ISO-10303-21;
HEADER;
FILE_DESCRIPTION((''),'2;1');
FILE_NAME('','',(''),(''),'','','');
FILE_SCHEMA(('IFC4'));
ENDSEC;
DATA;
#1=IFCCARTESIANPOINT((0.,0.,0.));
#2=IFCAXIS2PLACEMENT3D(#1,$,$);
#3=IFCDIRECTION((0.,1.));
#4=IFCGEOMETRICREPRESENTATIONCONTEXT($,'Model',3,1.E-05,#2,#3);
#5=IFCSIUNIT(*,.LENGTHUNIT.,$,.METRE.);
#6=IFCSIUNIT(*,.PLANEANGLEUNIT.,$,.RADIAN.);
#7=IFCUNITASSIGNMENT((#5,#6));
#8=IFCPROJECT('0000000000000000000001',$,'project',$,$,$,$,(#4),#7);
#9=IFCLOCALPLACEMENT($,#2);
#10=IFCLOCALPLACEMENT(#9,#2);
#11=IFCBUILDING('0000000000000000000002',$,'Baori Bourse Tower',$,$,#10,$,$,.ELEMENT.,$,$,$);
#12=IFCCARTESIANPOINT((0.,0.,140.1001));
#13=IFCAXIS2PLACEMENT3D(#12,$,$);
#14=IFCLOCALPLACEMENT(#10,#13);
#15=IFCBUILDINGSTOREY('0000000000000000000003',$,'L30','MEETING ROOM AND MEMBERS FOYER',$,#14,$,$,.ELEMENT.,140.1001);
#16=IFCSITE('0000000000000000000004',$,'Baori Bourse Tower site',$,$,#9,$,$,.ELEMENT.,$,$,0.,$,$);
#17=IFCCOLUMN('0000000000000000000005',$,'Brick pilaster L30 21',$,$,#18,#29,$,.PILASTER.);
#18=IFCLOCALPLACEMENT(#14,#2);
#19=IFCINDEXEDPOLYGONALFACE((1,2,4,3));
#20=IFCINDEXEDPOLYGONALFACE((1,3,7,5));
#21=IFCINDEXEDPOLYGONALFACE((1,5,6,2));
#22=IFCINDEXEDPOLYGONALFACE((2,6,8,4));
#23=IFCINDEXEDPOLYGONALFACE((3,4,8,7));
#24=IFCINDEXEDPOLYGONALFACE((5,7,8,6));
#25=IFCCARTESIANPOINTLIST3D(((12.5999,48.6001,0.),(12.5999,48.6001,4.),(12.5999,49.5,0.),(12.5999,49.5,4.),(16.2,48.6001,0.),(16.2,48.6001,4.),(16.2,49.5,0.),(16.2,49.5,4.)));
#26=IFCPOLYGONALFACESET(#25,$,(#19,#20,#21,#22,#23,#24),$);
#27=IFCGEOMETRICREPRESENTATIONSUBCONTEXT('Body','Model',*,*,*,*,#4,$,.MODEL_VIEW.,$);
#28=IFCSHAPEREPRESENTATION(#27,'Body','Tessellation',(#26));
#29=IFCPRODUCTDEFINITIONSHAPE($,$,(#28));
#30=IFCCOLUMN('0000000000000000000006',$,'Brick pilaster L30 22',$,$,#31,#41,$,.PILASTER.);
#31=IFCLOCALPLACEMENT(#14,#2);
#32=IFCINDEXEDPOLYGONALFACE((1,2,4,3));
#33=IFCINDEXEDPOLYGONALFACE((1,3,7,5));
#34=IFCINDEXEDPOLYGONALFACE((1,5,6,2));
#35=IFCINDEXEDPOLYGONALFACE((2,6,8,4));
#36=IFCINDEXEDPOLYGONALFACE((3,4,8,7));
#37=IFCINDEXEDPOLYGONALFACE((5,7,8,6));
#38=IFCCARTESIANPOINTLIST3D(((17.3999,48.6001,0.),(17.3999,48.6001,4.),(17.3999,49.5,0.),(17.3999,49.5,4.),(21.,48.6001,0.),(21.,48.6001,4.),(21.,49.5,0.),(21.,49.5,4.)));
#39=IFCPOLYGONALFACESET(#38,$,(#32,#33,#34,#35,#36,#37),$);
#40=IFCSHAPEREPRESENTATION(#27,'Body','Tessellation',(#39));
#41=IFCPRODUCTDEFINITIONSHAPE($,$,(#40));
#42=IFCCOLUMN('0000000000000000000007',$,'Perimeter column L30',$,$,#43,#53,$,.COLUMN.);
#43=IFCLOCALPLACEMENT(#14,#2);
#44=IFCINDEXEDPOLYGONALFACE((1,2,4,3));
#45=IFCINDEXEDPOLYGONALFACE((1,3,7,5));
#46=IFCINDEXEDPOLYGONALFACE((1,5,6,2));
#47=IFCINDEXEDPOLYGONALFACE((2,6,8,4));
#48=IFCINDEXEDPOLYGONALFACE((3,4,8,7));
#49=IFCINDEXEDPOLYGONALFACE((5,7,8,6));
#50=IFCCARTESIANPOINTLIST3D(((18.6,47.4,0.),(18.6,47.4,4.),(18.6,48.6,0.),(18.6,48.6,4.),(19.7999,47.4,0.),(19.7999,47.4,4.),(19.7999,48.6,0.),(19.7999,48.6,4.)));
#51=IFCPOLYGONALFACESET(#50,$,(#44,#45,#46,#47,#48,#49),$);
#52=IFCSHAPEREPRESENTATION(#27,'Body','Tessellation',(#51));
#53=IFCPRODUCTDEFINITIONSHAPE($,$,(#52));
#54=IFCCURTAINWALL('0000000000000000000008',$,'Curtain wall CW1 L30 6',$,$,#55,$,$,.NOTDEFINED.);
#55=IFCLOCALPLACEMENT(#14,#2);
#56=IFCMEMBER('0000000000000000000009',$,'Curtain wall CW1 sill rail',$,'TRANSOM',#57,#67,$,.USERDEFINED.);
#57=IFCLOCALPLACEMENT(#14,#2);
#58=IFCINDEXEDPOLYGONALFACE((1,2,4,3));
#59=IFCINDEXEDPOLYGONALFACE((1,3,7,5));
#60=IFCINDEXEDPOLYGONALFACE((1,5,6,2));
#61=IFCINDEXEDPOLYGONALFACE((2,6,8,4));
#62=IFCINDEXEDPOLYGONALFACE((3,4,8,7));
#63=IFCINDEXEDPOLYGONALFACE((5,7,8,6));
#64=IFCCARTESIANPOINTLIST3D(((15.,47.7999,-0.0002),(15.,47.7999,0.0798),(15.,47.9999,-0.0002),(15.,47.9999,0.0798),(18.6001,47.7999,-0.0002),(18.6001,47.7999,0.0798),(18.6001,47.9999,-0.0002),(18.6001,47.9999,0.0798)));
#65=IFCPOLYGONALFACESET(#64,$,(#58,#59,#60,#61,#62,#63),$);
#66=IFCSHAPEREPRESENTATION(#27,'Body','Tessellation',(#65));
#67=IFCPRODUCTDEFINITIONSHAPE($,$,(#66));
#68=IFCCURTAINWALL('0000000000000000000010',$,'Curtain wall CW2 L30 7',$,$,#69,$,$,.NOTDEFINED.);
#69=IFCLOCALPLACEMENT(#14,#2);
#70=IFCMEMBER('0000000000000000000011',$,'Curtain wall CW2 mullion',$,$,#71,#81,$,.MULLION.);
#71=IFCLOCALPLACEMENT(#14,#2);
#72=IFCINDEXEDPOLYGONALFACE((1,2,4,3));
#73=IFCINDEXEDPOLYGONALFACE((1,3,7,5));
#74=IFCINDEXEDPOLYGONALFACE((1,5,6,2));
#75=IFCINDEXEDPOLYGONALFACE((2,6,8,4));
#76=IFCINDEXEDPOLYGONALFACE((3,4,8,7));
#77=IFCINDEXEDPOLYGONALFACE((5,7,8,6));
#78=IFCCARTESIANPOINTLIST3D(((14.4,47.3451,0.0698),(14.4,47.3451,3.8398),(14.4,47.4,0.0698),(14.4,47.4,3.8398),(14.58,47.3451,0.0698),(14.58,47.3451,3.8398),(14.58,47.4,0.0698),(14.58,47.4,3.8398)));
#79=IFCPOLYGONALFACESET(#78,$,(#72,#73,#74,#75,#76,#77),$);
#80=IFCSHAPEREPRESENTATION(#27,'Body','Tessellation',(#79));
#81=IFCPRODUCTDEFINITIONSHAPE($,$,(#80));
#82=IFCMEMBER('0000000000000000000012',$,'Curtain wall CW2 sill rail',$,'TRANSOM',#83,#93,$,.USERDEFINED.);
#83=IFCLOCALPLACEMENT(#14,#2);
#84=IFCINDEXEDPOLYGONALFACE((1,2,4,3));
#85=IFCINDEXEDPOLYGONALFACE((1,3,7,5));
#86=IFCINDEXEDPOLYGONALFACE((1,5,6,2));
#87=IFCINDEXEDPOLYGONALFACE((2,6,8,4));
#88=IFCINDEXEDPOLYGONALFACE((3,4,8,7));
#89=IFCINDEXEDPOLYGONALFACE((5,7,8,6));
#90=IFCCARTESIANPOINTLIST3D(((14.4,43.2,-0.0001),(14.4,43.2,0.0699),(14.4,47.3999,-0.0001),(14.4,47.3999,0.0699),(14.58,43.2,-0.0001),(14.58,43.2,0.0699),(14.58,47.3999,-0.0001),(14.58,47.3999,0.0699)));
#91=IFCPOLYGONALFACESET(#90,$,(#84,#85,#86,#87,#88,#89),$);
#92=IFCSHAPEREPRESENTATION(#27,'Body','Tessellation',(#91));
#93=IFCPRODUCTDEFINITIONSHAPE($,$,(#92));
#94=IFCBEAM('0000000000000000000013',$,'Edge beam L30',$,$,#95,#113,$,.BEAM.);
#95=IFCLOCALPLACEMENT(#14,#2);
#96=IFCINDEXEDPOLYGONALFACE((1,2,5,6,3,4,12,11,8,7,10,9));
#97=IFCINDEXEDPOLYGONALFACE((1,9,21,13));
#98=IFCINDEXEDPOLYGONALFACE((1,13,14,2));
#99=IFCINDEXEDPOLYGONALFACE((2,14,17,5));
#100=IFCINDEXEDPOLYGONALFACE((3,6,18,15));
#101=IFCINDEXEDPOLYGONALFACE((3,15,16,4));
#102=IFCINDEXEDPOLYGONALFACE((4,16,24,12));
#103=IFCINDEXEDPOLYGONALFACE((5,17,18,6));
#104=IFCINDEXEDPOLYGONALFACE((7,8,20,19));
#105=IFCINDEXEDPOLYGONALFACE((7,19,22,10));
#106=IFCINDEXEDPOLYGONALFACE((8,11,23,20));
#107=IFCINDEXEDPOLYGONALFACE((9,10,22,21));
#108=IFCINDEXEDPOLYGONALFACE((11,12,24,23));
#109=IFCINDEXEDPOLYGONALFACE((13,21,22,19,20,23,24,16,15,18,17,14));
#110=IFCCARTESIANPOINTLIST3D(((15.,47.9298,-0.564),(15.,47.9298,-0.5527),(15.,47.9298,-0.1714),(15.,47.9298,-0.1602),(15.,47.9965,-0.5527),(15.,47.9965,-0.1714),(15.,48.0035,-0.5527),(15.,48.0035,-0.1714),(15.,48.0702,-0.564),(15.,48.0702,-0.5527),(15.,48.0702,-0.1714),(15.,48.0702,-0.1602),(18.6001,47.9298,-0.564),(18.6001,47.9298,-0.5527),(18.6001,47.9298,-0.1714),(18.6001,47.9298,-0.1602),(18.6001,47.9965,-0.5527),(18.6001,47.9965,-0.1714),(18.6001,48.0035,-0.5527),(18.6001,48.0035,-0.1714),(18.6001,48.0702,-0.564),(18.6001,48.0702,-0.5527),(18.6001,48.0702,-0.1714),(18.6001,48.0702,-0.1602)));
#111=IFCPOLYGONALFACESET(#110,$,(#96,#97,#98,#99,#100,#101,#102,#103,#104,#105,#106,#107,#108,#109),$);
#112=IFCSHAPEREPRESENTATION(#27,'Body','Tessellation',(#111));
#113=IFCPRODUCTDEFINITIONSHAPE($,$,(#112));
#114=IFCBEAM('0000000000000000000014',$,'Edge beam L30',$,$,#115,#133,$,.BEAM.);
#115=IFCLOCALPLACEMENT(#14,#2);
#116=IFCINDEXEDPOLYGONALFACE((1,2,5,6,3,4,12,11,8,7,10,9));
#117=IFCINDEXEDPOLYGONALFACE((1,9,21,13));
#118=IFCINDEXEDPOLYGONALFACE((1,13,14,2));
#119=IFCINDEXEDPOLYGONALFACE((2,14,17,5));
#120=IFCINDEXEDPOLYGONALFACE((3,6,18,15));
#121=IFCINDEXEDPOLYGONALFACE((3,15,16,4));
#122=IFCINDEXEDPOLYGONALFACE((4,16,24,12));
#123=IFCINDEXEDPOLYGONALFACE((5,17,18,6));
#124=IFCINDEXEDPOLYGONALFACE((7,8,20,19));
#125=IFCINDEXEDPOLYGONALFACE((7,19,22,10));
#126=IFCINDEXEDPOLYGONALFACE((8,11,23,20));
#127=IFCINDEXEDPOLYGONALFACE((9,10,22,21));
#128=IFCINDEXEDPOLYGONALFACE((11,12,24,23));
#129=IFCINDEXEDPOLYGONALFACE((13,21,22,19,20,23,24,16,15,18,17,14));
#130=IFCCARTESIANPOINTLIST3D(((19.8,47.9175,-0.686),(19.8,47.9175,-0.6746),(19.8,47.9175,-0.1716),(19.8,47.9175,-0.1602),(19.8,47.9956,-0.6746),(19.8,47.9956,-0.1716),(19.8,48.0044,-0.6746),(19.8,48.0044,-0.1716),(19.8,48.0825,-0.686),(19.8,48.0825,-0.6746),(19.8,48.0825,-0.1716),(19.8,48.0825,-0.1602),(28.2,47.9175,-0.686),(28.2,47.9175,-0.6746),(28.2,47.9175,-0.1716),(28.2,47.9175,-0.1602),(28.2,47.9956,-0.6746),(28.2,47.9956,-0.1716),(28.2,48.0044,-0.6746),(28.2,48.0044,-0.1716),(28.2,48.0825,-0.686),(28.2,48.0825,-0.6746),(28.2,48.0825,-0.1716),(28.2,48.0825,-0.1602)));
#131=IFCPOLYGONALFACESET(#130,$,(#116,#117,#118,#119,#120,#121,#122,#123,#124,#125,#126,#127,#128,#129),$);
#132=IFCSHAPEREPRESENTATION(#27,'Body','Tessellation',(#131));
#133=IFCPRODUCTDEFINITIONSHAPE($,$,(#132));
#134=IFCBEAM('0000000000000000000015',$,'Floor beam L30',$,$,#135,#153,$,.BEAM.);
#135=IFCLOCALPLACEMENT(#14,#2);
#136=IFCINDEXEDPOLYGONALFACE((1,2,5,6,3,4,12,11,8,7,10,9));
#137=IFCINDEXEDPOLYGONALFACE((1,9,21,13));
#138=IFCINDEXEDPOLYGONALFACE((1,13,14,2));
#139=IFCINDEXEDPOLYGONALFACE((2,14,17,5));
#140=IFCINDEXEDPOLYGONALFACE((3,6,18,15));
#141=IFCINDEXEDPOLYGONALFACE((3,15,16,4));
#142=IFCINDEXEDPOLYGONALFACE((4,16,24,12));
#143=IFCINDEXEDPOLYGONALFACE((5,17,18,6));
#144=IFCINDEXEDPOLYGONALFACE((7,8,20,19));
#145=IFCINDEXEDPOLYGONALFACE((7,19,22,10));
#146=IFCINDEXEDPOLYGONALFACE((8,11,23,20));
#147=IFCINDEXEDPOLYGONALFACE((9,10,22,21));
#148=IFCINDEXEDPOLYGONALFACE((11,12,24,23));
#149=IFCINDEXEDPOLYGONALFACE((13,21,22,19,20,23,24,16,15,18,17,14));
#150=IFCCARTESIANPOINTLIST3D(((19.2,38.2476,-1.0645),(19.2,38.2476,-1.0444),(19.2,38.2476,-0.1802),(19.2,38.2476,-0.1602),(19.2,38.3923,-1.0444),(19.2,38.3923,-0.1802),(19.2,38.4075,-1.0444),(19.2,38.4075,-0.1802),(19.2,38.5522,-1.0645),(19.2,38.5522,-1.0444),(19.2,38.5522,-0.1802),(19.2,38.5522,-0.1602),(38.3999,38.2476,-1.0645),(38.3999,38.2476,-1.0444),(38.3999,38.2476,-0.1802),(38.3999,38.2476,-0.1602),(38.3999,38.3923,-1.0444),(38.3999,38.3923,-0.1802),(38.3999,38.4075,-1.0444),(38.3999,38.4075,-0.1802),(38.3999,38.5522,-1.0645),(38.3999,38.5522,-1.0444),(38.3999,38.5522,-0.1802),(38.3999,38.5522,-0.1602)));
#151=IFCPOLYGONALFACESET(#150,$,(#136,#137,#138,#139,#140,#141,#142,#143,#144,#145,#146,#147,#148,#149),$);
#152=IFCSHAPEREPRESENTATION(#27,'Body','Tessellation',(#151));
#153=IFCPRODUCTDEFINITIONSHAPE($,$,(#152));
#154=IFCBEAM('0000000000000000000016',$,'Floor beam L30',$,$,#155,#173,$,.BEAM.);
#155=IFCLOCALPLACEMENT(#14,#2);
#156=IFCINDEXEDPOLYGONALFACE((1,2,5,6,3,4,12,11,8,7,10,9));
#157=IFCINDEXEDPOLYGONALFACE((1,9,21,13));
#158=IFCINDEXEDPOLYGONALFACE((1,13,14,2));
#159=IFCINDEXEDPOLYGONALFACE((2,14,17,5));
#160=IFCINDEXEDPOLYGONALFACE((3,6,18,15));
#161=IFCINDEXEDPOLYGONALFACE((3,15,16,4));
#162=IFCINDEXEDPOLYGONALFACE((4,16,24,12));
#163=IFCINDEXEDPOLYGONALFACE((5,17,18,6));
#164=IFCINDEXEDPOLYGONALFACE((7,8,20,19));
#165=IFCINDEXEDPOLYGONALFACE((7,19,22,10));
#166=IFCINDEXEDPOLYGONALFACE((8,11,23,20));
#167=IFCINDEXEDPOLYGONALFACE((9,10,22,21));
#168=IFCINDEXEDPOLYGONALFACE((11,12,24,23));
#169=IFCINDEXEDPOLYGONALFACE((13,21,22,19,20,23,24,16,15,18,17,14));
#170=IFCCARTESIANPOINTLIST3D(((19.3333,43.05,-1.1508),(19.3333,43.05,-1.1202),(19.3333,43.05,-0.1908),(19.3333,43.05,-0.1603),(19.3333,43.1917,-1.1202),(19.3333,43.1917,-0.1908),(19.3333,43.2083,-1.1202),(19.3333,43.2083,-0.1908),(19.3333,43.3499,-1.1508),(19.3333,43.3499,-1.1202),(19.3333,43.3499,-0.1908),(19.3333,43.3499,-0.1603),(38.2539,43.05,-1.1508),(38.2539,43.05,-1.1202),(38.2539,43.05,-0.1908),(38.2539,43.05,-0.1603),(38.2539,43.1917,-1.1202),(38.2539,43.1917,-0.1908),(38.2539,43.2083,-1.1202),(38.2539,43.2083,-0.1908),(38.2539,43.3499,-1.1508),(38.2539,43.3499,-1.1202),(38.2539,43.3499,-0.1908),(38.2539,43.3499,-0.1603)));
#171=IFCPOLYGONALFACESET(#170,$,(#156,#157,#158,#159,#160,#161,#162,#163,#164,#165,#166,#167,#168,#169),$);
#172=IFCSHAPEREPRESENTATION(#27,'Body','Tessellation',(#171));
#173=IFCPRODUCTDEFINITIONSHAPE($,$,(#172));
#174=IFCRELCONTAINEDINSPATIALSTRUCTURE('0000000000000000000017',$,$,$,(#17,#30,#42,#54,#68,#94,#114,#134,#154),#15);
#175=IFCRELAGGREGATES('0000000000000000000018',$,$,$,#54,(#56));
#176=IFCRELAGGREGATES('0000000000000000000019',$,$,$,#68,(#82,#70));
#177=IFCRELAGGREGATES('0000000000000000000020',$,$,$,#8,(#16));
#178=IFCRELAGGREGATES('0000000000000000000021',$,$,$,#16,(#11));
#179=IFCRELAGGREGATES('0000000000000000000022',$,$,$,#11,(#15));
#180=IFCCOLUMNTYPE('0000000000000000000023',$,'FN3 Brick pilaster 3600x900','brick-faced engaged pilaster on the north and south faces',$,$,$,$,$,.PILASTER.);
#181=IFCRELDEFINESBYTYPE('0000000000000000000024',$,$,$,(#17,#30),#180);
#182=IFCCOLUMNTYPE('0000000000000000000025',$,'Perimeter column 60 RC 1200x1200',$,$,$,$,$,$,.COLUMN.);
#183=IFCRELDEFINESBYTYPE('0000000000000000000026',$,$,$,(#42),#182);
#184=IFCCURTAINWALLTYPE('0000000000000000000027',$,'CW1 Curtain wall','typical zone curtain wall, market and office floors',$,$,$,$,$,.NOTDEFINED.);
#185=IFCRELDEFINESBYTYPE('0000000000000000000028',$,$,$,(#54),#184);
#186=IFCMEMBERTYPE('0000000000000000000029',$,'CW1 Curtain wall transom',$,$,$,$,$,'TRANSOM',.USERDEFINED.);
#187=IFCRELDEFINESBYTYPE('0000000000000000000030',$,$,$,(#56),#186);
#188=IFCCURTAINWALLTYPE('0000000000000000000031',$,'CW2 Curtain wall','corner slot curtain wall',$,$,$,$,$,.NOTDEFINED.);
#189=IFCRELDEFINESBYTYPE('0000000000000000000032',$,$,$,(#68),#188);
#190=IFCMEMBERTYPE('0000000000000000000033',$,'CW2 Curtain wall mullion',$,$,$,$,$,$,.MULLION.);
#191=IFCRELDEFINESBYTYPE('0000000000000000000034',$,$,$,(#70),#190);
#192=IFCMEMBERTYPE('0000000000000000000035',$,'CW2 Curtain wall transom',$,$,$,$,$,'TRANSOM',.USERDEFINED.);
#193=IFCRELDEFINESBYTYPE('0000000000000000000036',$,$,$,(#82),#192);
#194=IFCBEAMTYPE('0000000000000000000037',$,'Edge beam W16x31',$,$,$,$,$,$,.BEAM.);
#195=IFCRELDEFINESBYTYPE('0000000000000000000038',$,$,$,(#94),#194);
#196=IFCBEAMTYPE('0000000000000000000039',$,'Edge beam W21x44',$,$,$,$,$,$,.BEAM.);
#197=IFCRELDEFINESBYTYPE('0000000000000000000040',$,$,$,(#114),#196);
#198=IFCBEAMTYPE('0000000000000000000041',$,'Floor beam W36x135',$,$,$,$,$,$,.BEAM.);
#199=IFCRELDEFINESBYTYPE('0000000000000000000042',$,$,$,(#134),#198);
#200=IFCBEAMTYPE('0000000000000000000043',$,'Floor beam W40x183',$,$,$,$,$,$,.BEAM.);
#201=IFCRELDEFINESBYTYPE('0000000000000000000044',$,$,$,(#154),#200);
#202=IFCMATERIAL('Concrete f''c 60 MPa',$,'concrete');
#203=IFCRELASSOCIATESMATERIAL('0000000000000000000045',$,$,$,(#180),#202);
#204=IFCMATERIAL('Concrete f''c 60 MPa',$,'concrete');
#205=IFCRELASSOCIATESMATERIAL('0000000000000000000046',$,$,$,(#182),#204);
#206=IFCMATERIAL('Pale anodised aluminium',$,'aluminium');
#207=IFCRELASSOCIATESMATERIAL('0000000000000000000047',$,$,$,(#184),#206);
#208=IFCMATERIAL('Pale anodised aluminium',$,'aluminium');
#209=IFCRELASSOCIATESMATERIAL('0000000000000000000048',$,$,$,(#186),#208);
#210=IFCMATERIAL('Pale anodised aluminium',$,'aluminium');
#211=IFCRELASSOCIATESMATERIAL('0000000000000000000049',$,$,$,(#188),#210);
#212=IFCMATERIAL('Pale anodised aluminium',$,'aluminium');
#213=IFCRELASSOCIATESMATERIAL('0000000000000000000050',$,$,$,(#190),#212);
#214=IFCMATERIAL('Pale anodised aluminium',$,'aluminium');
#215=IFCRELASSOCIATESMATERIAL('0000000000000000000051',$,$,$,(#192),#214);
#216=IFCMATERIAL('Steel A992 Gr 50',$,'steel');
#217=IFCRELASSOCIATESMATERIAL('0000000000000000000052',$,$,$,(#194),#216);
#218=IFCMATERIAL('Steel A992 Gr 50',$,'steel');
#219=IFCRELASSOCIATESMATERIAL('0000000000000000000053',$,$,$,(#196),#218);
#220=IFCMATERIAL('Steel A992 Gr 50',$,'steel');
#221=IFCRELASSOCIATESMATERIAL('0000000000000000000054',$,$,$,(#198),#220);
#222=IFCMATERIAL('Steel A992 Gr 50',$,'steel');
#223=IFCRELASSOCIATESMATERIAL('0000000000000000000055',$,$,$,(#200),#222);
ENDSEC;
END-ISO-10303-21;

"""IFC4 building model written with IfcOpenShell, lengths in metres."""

from ifc_helpers import new_model, si_unit, direction, frame, origin, origin_2d, place, context, subcontext, project, spatial, rectangle, i_section, extrude, material, material_profile, profile_set, type_object, element, aggregate, save


model = new_model("IFC4")

# Units and contexts
model_context = context("Model", 3, precision=1e-05, world=origin(), true_north=direction((0.0, 1.0)))
body_context = subcontext(model_context, "Body", "Model", "MODEL_VIEW")
ifc_project = project(units=[si_unit("LENGTHUNIT", "METRE"), si_unit("PLANEANGLEUNIT", "RADIAN")], contexts=[model_context])

# Site, building, storey
site_placement = place(None, origin())
site = spatial("IfcSite", under=ifc_project, at=site_placement, Name="Baori Bourse Tower site", CompositionType="ELEMENT", RefElevation=0.0)
building_placement = place(site_placement, origin())
building = spatial("IfcBuilding", under=site, at=building_placement, Name="Baori Bourse Tower", CompositionType="ELEMENT")
storey_placement = place(building_placement, frame((0.0, 0.0, 140.1001)))
storey = spatial("IfcBuildingStorey", under=building, at=storey_placement, Name="L30", Description="MEETING ROOM AND MEMBERS FOYER", CompositionType="ELEMENT", Elevation=140.1001)

# Columns
ifc_material_1 = material(Name="Concrete f'c 60 MPa", Category="concrete")
ifc_material_profile_1 = material_profile(ifc_material_1, rectangle(XDim=3.6001, YDim=0.8999, at=origin_2d()), Name="RC 3600x900")
ifc_profile_set_1 = profile_set([ifc_material_profile_1], Name="Concrete f'c 60 MPa")
column_type_1 = type_object("IfcColumnType", Name="FN3 Brick pilaster 3600x900", Description="brick-faced engaged pilaster on the north and south faces", PredefinedType="PILASTER", material=ifc_profile_set_1)
for number, where, z_axis, x_axis, name in (
    (1, (14.3999, 49.05, 0.0), (0.0, 0.0, 1.0), (1.0, 0.0, 0.0), "Brick pilaster L30 21"),
    (2, (19.2, 49.05, 0.0), (0.0, 0.0, 1.0), (1.0, 0.0, 0.0), "Brick pilaster L30 22"),
):
    element("IfcColumn", number, at=place(storey_placement, frame(where, z_axis=z_axis, x_axis=x_axis)), inside=storey, type_object=column_type_1, Name=name, PredefinedType="PILASTER", context=body_context, shape_type="SweptSolid", body=[
        extrude(rectangle(XDim=3.6001, YDim=0.8999, at=origin_2d()), origin(), (0.0, 0.0, 1.0), 4.0),
    ])
ifc_material_2 = material(Name="Concrete f'c 60 MPa", Category="concrete")
ifc_material_profile_2 = material_profile(ifc_material_2, rectangle(XDim=1.2, YDim=1.2, at=origin_2d()), Name="RC 1200x1200")
ifc_profile_set_2 = profile_set([ifc_material_profile_2], Name="Concrete f'c 60 MPa")
column_type_2 = type_object("IfcColumnType", Name="Perimeter column 60 RC 1200x1200", PredefinedType="COLUMN", material=ifc_profile_set_2)
column_placement = place(storey_placement, frame((19.2, 48.0, 0.0), z_axis=(0.0, 0.0, 1.0), x_axis=(1.0, 0.0, 0.0)))
element("IfcColumn", 3, at=column_placement, inside=storey, type_object=column_type_2, Name="Perimeter column L30", PredefinedType="COLUMN", context=body_context, shape_type="SweptSolid", body=[
    extrude(rectangle(XDim=1.2, YDim=1.2, at=origin_2d()), origin(), (0.0, 0.0, 1.0), 4.0),
])

# Curtain wall, member
ifc_material_3 = material(Name="Pale anodised aluminium", Category="aluminium")
curtain_wall_type_1 = type_object("IfcCurtainWallType", Name="CW1 Curtain wall", Description="typical zone curtain wall, market and office floors", PredefinedType="NOTDEFINED", material=ifc_material_3)
curtain_wall_1_placement = place(storey_placement, origin())
curtain_wall_1 = element("IfcCurtainWall", 4, at=curtain_wall_1_placement, inside=storey, type_object=curtain_wall_type_1, Name="Curtain wall CW1 L30 6", PredefinedType="NOTDEFINED")
ifc_material_4 = material(Name="Pale anodised aluminium", Category="aluminium")
ifc_material_profile_3 = material_profile(ifc_material_4, rectangle(XDim=0.2, YDim=0.0801, at=origin_2d()), Name="Transom 80x200")
ifc_profile_set_3 = profile_set([ifc_material_profile_3], Name="Pale anodised aluminium")
member_type_1 = type_object("IfcMemberType", Name="CW1 Curtain wall transom", ElementType="TRANSOM", PredefinedType="USERDEFINED", material=ifc_profile_set_3)
member_1_placement = place(storey_placement, frame((18.6001, 47.8999, 0.0398), z_axis=(-1.0, 0.0, 0.0), x_axis=(0.0, -1.0, 0.0)))
member_1 = element("IfcMember", 5, at=member_1_placement, type_object=member_type_1, Name="Curtain wall CW1 sill rail", ObjectType="TRANSOM", PredefinedType="USERDEFINED", context=body_context, shape_type="SweptSolid", body=[
    extrude(rectangle(XDim=0.2, YDim=0.0801, at=origin_2d()), origin(), (0.0, 0.0, 1.0), 3.6001),
])

# Curtain wall, members
ifc_material_5 = material(Name="Pale anodised aluminium", Category="aluminium")
curtain_wall_type_2 = type_object("IfcCurtainWallType", Name="CW2 Curtain wall", Description="corner slot curtain wall", PredefinedType="NOTDEFINED", material=ifc_material_5)
curtain_wall_2_placement = place(storey_placement, origin())
curtain_wall_2 = element("IfcCurtainWall", 6, at=curtain_wall_2_placement, inside=storey, type_object=curtain_wall_type_2, Name="Curtain wall CW2 L30 7", PredefinedType="NOTDEFINED")
ifc_material_6 = material(Name="Pale anodised aluminium", Category="aluminium")
ifc_material_profile_4 = material_profile(ifc_material_6, rectangle(XDim=0.1799, YDim=0.0549, at=origin_2d()), Name="Mullion 55x180")
ifc_profile_set_4 = profile_set([ifc_material_profile_4], Name="Pale anodised aluminium")
member_type_2 = type_object("IfcMemberType", Name="CW2 Curtain wall mullion", PredefinedType="MULLION", material=ifc_profile_set_4)
member_2_placement = place(storey_placement, frame((14.49, 47.3726, 0.0698), z_axis=(0.0, 0.0, 1.0), x_axis=(1.0, 0.0, 0.0)))
member_2 = element("IfcMember", 7, at=member_2_placement, type_object=member_type_2, Name="Curtain wall CW2 mullion", PredefinedType="MULLION", context=body_context, shape_type="SweptSolid", body=[
    extrude(rectangle(XDim=0.1799, YDim=0.0549, at=origin_2d()), origin(), (0.0, 0.0, 1.0), 3.77),
])
ifc_material_7 = material(Name="Pale anodised aluminium", Category="aluminium")
ifc_material_profile_5 = material_profile(ifc_material_7, rectangle(XDim=0.1799, YDim=0.0701, at=origin_2d()), Name="Transom 70x180")
ifc_profile_set_5 = profile_set([ifc_material_profile_5], Name="Pale anodised aluminium")
member_type_3 = type_object("IfcMemberType", Name="CW2 Curtain wall transom", ElementType="TRANSOM", PredefinedType="USERDEFINED", material=ifc_profile_set_5)
member_3_placement = place(storey_placement, frame((14.49, 47.3999, 0.0349), z_axis=(0.0, -1.0, 0.0), x_axis=(1.0, 0.0, 0.0)))
member_3 = element("IfcMember", 8, at=member_3_placement, type_object=member_type_3, Name="Curtain wall CW2 sill rail", ObjectType="TRANSOM", PredefinedType="USERDEFINED", context=body_context, shape_type="SweptSolid", body=[
    extrude(rectangle(XDim=0.1799, YDim=0.0701, at=origin_2d()), origin(), (0.0, 0.0, 1.0), 4.2),
])

# Beams
ifc_material_8 = material(Name="Steel A992 Gr 50", Category="steel")
ifc_material_profile_6 = material_profile(ifc_material_8, i_section(OverallWidth=0.1404, OverallDepth=0.4038, WebThickness=0.0071, FlangeThickness=0.0112, at=origin_2d()), Name="W16x31")
ifc_profile_set_6 = profile_set([ifc_material_profile_6], Name="Steel A992 Gr 50")
beam_type_1 = type_object("IfcBeamType", Name="Edge beam W16x31", PredefinedType="BEAM", material=ifc_profile_set_6)
beam_1_placement = place(storey_placement, frame((15.0, 48.0, -0.3621), z_axis=(1.0, 0.0, 0.0), x_axis=(0.0, 1.0, 0.0)))
element("IfcBeam", 9, at=beam_1_placement, inside=storey, type_object=beam_type_1, Name="Edge beam L30", PredefinedType="BEAM", context=body_context, shape_type="SweptSolid", body=[
    extrude(i_section(OverallWidth=0.1404, OverallDepth=0.4038, WebThickness=0.0071, FlangeThickness=0.0112, at=origin_2d()), origin(), (0.0, 0.0, 1.0), 3.6001),
])
ifc_material_9 = material(Name="Steel A992 Gr 50", Category="steel")
ifc_material_profile_7 = material_profile(ifc_material_9, i_section(OverallWidth=0.165, OverallDepth=0.5259, WebThickness=0.0088, FlangeThickness=0.0115, at=origin_2d()), Name="W21x44")
ifc_profile_set_7 = profile_set([ifc_material_profile_7], Name="Steel A992 Gr 50")
beam_type_2 = type_object("IfcBeamType", Name="Edge beam W21x44", PredefinedType="BEAM", material=ifc_profile_set_7)
beam_2_placement = place(storey_placement, frame((19.8, 48.0, -0.4231), z_axis=(1.0, 0.0, 0.0), x_axis=(0.0, 1.0, 0.0)))
element("IfcBeam", 10, at=beam_2_placement, inside=storey, type_object=beam_type_2, Name="Edge beam L30", PredefinedType="BEAM", context=body_context, shape_type="SweptSolid", body=[
    extrude(i_section(OverallWidth=0.165, OverallDepth=0.5259, WebThickness=0.0088, FlangeThickness=0.0115, at=origin_2d()), origin(), (0.0, 0.0, 1.0), 8.3999),
])
ifc_material_10 = material(Name="Steel A992 Gr 50", Category="steel")
ifc_material_profile_8 = material_profile(ifc_material_10, i_section(OverallWidth=0.3047, OverallDepth=0.9043, WebThickness=0.0151, FlangeThickness=0.02, at=origin_2d()), Name="W36x135")
ifc_profile_set_8 = profile_set([ifc_material_profile_8], Name="Steel A992 Gr 50")
beam_type_3 = type_object("IfcBeamType", Name="Floor beam W36x135", PredefinedType="BEAM", material=ifc_profile_set_8)
beam_3_placement = place(storey_placement, frame((19.2, 38.3999, -0.6123), z_axis=(1.0, 0.0, 0.0), x_axis=(0.0, 1.0, 0.0)))
element("IfcBeam", 11, at=beam_3_placement, inside=storey, type_object=beam_type_3, Name="Floor beam L30", PredefinedType="BEAM", context=body_context, shape_type="SweptSolid", body=[
    extrude(i_section(OverallWidth=0.3047, OverallDepth=0.9043, WebThickness=0.0151, FlangeThickness=0.02, at=origin_2d()), origin(), (0.0, 0.0, 1.0), 19.2),
])
ifc_material_11 = material(Name="Steel A992 Gr 50", Category="steel")
ifc_material_profile_9 = material_profile(ifc_material_11, i_section(OverallWidth=0.2998, OverallDepth=0.9905, WebThickness=0.0166, FlangeThickness=0.0305, at=origin_2d()), Name="W40x183")
ifc_profile_set_9 = profile_set([ifc_material_profile_9], Name="Steel A992 Gr 50")
beam_type_4 = type_object("IfcBeamType", Name="Floor beam W40x183", PredefinedType="BEAM", material=ifc_profile_set_9)
beam_4_placement = place(storey_placement, frame((19.3333, 43.2, -0.6555), z_axis=(1.0, 0.0, 0.0), x_axis=(0.0, 1.0, 0.0)))
element("IfcBeam", 12, at=beam_4_placement, inside=storey, type_object=beam_type_4, Name="Floor beam L30", PredefinedType="BEAM", context=body_context, shape_type="SweptSolid", body=[
    extrude(i_section(OverallWidth=0.2998, OverallDepth=0.9905, WebThickness=0.0166, FlangeThickness=0.0305, at=origin_2d()), origin(), (0.0, 0.0, 1.0), 18.9207),
])

aggregate(curtain_wall_1, [member_1])
aggregate(curtain_wall_2, [member_3, member_2])

save(model, "model.ifc")
